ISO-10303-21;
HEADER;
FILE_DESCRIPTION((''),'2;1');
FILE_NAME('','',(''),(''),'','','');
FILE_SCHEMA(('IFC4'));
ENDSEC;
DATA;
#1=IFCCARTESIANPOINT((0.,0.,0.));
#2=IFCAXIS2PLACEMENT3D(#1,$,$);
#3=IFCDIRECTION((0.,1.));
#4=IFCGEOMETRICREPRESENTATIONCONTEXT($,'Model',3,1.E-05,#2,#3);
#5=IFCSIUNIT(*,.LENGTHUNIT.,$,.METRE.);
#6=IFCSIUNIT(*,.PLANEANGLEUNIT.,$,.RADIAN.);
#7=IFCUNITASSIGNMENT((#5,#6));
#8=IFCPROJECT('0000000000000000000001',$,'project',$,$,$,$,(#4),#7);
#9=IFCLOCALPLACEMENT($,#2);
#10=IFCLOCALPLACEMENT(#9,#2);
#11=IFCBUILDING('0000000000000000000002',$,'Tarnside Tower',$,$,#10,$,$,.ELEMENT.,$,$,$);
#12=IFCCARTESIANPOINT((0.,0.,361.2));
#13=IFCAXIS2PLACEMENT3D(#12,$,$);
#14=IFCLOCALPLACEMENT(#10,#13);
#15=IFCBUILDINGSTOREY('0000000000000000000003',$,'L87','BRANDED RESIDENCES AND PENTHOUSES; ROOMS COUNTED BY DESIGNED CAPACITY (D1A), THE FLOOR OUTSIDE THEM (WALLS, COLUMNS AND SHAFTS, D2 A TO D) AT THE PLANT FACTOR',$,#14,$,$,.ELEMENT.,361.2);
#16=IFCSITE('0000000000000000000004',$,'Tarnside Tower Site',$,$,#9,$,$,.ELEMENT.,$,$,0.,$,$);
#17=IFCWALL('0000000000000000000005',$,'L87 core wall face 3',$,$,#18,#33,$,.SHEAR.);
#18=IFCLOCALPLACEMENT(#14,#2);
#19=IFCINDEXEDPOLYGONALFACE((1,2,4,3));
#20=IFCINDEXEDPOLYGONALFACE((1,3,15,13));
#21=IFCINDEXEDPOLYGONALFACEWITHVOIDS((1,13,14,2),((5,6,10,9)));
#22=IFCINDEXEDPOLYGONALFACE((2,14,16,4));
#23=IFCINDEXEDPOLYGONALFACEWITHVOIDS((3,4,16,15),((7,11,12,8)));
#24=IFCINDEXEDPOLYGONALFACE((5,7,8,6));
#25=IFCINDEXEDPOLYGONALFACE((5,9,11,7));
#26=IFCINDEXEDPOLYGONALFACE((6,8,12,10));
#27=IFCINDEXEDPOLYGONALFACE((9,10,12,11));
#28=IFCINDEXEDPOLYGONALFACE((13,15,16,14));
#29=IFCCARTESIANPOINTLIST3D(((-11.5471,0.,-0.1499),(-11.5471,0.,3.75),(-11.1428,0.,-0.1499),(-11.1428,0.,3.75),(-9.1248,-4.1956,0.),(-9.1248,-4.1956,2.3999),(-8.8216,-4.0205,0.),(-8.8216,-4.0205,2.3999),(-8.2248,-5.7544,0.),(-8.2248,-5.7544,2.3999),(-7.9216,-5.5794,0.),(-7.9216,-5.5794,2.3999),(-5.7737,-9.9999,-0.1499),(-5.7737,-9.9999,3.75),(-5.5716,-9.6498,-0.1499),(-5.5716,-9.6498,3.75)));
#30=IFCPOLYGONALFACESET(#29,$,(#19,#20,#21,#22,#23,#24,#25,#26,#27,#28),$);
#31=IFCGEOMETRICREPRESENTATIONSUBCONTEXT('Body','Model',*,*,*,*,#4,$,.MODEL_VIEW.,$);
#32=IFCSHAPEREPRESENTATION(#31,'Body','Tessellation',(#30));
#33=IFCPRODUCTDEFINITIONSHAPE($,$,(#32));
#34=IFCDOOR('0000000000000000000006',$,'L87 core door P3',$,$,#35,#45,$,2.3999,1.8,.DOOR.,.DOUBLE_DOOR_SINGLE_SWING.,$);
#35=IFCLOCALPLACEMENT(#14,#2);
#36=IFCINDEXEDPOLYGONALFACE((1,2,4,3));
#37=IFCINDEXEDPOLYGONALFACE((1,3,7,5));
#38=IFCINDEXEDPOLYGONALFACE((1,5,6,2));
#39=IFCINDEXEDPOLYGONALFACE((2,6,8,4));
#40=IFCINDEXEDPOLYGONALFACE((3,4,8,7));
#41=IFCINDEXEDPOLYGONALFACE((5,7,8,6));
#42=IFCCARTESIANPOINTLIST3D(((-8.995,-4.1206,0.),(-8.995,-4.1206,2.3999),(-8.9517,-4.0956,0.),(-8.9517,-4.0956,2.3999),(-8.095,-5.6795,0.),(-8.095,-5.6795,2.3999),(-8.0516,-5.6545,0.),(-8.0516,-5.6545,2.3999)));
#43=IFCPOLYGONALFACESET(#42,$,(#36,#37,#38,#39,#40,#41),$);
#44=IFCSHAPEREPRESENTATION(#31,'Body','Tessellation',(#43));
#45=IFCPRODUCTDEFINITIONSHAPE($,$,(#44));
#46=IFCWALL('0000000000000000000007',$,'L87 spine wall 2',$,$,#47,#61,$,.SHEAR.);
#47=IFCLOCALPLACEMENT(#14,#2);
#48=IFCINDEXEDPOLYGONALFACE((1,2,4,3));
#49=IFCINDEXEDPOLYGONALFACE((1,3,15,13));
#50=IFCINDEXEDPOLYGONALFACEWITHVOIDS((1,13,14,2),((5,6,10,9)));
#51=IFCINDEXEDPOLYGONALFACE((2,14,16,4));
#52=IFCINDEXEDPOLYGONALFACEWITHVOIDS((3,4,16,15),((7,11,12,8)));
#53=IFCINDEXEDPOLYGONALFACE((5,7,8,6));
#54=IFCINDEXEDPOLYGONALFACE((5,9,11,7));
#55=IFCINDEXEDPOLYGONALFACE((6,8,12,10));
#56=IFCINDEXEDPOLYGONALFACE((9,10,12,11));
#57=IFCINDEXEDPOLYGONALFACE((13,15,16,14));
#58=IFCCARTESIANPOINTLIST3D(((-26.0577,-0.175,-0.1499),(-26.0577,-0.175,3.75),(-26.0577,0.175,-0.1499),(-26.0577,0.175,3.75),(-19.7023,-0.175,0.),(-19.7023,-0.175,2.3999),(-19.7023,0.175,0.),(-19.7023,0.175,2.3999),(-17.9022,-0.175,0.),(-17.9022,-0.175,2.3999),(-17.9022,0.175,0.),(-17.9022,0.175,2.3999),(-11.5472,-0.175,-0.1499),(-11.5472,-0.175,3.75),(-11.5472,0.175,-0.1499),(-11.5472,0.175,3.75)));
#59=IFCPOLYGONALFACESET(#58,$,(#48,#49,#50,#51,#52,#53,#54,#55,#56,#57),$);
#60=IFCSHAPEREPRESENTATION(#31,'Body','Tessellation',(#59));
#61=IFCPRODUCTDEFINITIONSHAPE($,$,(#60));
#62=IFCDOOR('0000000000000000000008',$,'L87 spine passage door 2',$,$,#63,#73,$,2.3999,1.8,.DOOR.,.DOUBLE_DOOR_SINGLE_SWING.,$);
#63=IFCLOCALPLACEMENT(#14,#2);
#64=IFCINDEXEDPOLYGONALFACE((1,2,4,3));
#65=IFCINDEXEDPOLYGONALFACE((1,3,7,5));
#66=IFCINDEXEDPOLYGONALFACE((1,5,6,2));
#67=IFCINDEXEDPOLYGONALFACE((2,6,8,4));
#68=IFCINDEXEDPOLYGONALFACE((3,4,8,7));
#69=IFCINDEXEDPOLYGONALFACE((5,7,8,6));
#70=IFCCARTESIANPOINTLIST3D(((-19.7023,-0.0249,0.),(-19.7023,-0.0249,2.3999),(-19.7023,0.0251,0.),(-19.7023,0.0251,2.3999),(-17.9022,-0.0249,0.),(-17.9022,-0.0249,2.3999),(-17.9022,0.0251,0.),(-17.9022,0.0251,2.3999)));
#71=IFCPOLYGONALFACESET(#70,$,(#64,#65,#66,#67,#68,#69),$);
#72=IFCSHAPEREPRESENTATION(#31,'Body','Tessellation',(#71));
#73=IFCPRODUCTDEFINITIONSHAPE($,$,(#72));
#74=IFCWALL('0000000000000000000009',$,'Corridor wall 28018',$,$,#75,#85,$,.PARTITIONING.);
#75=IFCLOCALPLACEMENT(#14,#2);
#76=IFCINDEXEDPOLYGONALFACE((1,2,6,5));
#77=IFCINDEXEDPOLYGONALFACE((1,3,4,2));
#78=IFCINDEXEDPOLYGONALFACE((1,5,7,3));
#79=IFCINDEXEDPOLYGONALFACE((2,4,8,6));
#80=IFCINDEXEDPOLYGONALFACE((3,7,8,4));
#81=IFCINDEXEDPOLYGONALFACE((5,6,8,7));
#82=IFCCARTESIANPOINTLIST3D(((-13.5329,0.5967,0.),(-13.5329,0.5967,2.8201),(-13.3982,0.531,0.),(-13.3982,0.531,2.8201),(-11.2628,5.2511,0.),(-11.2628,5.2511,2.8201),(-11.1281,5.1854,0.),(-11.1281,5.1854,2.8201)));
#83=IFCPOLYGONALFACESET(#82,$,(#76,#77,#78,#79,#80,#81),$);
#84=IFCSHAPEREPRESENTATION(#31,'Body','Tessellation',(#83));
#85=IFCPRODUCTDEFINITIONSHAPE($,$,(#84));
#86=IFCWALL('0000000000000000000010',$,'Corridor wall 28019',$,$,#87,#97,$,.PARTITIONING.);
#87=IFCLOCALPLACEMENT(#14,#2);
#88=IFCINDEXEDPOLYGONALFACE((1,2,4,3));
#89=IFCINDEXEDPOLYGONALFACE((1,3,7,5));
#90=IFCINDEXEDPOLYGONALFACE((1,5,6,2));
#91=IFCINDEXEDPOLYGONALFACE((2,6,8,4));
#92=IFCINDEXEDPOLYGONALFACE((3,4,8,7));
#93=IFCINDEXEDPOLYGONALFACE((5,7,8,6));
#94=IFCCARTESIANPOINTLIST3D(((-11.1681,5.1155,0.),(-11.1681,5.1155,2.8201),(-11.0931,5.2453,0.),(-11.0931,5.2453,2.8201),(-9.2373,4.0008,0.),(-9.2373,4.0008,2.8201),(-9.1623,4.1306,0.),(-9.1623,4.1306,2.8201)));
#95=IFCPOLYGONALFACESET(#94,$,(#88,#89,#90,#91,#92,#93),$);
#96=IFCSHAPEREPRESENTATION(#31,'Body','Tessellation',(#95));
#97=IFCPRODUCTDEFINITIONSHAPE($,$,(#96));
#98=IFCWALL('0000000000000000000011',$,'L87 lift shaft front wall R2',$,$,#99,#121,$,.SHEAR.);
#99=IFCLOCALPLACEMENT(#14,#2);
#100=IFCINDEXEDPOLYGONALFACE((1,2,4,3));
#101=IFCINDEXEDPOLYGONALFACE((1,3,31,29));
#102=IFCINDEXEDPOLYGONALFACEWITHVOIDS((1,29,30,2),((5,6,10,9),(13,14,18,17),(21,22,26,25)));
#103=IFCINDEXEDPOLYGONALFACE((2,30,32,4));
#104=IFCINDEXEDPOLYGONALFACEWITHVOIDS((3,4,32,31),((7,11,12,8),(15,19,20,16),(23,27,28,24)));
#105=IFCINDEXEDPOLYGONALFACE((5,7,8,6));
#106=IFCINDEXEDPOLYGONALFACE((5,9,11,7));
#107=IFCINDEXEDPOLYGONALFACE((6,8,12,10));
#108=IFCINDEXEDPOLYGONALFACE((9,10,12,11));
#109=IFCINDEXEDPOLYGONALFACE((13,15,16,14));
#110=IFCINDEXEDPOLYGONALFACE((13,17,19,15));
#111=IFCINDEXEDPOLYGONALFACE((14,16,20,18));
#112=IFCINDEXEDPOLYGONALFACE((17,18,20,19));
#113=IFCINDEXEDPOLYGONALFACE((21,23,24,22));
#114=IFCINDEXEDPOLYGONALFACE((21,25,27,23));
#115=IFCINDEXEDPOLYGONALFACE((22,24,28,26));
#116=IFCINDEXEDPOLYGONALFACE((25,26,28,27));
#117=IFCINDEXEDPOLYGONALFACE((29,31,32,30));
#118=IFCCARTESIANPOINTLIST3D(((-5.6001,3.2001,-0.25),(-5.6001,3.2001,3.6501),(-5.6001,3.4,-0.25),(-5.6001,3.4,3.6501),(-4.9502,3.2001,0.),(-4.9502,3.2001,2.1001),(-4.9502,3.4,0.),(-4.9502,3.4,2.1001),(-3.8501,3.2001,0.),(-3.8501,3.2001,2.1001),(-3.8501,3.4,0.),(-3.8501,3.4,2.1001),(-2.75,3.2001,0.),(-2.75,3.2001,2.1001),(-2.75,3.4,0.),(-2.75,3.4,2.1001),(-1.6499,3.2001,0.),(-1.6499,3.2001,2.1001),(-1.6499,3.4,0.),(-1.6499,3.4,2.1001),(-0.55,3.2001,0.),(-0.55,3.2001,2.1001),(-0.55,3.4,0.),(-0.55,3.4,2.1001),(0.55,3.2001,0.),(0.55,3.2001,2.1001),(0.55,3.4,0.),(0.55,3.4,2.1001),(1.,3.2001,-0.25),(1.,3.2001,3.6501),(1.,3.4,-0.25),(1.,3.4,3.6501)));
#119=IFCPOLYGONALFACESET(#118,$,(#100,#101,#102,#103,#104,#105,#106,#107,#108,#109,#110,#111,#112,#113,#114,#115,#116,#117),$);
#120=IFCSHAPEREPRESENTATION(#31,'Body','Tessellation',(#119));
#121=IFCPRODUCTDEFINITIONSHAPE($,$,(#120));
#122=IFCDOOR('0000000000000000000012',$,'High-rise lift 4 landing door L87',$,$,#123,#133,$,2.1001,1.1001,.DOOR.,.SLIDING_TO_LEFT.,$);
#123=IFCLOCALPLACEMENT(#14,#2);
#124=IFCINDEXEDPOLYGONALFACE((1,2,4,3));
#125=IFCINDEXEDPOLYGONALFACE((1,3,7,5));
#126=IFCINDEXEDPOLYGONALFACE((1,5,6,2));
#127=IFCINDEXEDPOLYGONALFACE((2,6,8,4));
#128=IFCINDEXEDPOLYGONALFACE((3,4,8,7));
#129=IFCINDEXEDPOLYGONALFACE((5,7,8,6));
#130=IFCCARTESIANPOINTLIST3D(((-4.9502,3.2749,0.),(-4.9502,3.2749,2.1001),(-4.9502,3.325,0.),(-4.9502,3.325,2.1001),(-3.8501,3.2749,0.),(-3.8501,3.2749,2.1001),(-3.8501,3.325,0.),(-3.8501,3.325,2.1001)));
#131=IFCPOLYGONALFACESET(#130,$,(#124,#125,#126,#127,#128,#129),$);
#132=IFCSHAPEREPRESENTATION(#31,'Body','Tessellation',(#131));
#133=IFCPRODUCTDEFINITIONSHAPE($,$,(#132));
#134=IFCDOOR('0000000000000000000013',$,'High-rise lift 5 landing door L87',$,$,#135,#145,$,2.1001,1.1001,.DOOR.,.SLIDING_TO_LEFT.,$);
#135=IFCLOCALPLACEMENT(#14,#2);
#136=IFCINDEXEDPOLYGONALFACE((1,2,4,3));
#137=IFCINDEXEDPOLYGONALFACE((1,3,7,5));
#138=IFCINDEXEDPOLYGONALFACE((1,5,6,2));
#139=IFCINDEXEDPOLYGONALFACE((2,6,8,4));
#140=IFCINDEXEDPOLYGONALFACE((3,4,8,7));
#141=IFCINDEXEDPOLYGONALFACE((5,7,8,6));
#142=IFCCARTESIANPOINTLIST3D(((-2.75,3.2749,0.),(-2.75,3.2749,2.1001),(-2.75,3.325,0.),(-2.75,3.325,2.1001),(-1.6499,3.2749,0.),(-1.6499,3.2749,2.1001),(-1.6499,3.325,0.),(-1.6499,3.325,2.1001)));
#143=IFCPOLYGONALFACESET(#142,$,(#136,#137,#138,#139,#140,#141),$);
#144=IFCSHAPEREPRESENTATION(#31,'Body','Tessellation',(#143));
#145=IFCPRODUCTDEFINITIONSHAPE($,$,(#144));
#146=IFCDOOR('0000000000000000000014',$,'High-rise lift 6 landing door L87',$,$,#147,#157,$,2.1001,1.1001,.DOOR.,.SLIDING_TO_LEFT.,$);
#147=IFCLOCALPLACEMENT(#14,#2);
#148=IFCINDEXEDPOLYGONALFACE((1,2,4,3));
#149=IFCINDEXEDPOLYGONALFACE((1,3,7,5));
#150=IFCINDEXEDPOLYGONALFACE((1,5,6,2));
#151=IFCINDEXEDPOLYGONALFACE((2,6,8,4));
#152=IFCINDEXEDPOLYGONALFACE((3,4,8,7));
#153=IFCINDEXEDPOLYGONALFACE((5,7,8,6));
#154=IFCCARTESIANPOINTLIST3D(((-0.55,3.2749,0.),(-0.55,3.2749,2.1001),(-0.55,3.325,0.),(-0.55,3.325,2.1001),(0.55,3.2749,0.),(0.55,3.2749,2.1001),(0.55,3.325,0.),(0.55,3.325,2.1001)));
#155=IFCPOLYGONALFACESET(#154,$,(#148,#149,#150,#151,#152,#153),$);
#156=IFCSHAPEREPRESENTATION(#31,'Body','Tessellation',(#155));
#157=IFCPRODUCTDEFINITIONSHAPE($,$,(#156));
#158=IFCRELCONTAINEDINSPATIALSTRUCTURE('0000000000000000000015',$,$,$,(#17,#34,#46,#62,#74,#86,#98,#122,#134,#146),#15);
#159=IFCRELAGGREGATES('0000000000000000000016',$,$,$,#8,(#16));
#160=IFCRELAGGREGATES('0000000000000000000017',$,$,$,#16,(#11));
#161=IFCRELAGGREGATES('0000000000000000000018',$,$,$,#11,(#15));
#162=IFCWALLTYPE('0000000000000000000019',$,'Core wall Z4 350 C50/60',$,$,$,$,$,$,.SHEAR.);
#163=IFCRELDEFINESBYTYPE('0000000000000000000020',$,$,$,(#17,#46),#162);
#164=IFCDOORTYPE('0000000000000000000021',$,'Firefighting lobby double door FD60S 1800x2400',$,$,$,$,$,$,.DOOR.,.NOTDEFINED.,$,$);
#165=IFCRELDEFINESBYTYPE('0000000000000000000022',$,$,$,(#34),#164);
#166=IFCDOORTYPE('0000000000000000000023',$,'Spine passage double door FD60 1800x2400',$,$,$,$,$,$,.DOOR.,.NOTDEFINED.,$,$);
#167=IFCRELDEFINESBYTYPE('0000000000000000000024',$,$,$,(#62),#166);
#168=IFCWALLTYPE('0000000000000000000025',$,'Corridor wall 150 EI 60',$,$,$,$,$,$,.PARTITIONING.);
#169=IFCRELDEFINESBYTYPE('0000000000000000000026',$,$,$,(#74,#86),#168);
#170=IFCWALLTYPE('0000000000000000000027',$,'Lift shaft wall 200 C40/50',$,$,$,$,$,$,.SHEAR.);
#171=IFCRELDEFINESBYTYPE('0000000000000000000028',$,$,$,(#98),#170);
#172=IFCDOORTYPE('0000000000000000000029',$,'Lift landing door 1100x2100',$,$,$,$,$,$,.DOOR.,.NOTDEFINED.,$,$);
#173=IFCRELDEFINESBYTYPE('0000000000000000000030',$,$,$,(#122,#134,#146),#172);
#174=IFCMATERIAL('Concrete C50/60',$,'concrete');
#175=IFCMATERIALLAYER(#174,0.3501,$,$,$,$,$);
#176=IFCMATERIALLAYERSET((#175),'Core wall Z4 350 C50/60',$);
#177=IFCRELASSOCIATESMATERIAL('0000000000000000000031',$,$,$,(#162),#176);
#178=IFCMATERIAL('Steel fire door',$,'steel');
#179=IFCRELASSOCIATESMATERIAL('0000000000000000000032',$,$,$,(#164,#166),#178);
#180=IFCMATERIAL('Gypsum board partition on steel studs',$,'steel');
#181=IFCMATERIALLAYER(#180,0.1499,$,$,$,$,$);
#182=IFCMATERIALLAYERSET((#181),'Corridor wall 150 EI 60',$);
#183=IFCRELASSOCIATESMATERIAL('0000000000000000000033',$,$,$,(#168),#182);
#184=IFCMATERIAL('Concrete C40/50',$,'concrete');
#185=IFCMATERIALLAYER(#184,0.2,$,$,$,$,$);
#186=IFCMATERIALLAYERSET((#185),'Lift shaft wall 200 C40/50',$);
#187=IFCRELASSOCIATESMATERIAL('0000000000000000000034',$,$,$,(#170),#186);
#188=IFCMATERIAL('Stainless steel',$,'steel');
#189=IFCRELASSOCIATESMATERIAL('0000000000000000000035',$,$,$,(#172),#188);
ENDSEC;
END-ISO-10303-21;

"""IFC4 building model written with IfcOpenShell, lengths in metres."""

from ifc_helpers import new_model, si_unit, direction, frame, frame_2d, origin, place, context, subcontext, project, spatial, polyline, rectangle, outline, extrude, material, layer, layer_set, type_object, element, fill, save


model = new_model("IFC4")

# Units and contexts
model_context = context("Model", 3, precision=1e-05, world=origin(), true_north=direction((0.0, 1.0)))
body_context = subcontext(model_context, "Body", "Model", "MODEL_VIEW")
ifc_project = project(units=[si_unit("LENGTHUNIT", "METRE"), si_unit("PLANEANGLEUNIT", "RADIAN")], contexts=[model_context])

# Site, building, storey
site_placement = place(None, origin())
site = spatial("IfcSite", under=ifc_project, at=site_placement, Name="Tarnside Tower Site", CompositionType="ELEMENT", RefElevation=0.0)
building_placement = place(site_placement, origin())
building = spatial("IfcBuilding", under=site, at=building_placement, Name="Tarnside Tower", CompositionType="ELEMENT")
storey_placement = place(building_placement, frame((0.0, 0.0, 361.2)))
storey = spatial("IfcBuildingStorey", under=building, at=storey_placement, Name="L87", Description="BRANDED RESIDENCES AND PENTHOUSES; ROOMS COUNTED BY DESIGNED CAPACITY (D1A), THE FLOOR OUTSIDE THEM (WALLS, COLUMNS AND SHAFTS, D2 A TO D) AT THE PLANT FACTOR", CompositionType="ELEMENT", Elevation=361.2)

# Walls, openings, doors
ifc_material_1 = material(Name="Concrete C50/60", Category="concrete")
ifc_layer_1 = layer(ifc_material_1, 0.3501)
ifc_layer_set_1 = layer_set([ifc_layer_1], Name="Core wall Z4 350 C50/60")
wall_type_1 = type_object("IfcWallType", Name="Core wall Z4 350 C50/60", PredefinedType="SHEAR", material=ifc_layer_set_1)
wall_1_placement = place(storey_placement, frame((-11.345, 0.0, -0.1499), z_axis=(0.0, 0.0, 1.0), x_axis=(0.499995, -0.866028, 0.0)))
wall_1 = element("IfcWall", 1, at=wall_1_placement, inside=storey, type_object=wall_type_1, Name="L87 core wall face 3", PredefinedType="SHEAR", context=body_context, shape_type="SweptSolid", body=[
    extrude(outline(polyline([(-0.1011, -0.175), (11.4458, -0.175), (11.2437, 0.175), (0.1011, 0.175), (-0.1011, -0.175)])), origin(), (0.0, 0.0, 1.0), 3.8999),
])
opening_1_placement = place(wall_1_placement, frame((4.7437, 0.0, 0.1499)))
opening_1 = element("IfcOpeningElement", 2, at=opening_1_placement, cuts=wall_1, PredefinedType="OPENING", context=body_context, shape_type="SweptSolid", body=[
    extrude(rectangle(XDim=1.8, YDim=2.3999, at=frame_2d((0.8999, 1.2))), frame((0.0, 0.1851, 0.0), z_axis=(0.0, -1.0, 0.0), x_axis=(1.0, 0.0, 0.0)), (0.0, 0.0, 1.0), 0.3701),
])
ifc_material_2 = material(Name="Steel fire door", Category="steel")
door_type_1 = type_object("IfcDoorType", Name="Firefighting lobby double door FD60S 1800x2400", OperationType="NOTDEFINED", PredefinedType="DOOR", material=ifc_material_2)
door_1_placement = place(opening_1_placement, origin())
door_1 = element("IfcDoor", 3, at=door_1_placement, inside=storey, type_object=door_type_1, Name="L87 core door P3", OperationType="DOUBLE_DOOR_SINGLE_SWING", OverallHeight=2.3999, OverallWidth=1.8, PredefinedType="DOOR", context=body_context, shape_type="SweptSolid", body=[
    extrude(rectangle(XDim=1.8, YDim=2.3999, at=frame_2d((0.8999, 1.2))), frame((0.0, 0.0249, 0.0), z_axis=(0.0, -1.0, 0.0), x_axis=(1.0, 0.0, 0.0)), (0.0, 0.0, 1.0), 0.05),
])
fill(opening_1, door_1)
wall_2_placement = place(storey_placement, frame((-11.5471, 0.0, -0.1499), z_axis=(0.0, 0.0, 1.0), x_axis=(-1.0, 0.0, 0.0)))
wall_2 = element("IfcWall", 4, at=wall_2_placement, inside=storey, type_object=wall_type_1, Name="L87 spine wall 2", PredefinedType="SHEAR", context=body_context, shape_type="SweptSolid", body=[
    extrude(rectangle(XDim=14.5105, YDim=0.3501, at=frame_2d((7.2554, 0.0))), origin(), (0.0, 0.0, 1.0), 3.8999),
])
opening_2_placement = place(wall_2_placement, frame((6.3552, 0.0, 0.1499)))
opening_2 = element("IfcOpeningElement", 5, at=opening_2_placement, cuts=wall_2, PredefinedType="OPENING", context=body_context, shape_type="SweptSolid", body=[
    extrude(rectangle(XDim=1.8, YDim=2.3999, at=frame_2d((0.8999, 1.2))), frame((0.0, 0.1851, 0.0), z_axis=(0.0, -1.0, 0.0), x_axis=(1.0, 0.0, 0.0)), (0.0, 0.0, 1.0), 0.3701),
])
door_type_2 = type_object("IfcDoorType", Name="Spine passage double door FD60 1800x2400", OperationType="NOTDEFINED", PredefinedType="DOOR", material=ifc_material_2)
door_2_placement = place(opening_2_placement, origin())
door_2 = element("IfcDoor", 6, at=door_2_placement, inside=storey, type_object=door_type_2, Name="L87 spine passage door 2", OperationType="DOUBLE_DOOR_SINGLE_SWING", OverallHeight=2.3999, OverallWidth=1.8, PredefinedType="DOOR", context=body_context, shape_type="SweptSolid", body=[
    extrude(rectangle(XDim=1.8, YDim=2.3999, at=frame_2d((0.8999, 1.2))), frame((0.0, 0.0249, 0.0), z_axis=(0.0, -1.0, 0.0), x_axis=(1.0, 0.0, 0.0)), (0.0, 0.0, 1.0), 0.05),
])
fill(opening_2, door_2)

# Walls
ifc_material_3 = material(Name="Gypsum board partition on steel studs", Category="steel")
ifc_layer_2 = layer(ifc_material_3, 0.1499)
ifc_layer_set_2 = layer_set([ifc_layer_2], Name="Corridor wall 150 EI 60")
wall_type_2 = type_object("IfcWallType", Name="Corridor wall 150 EI 60", PredefinedType="PARTITIONING", material=ifc_layer_set_2)
wall_3_placement = place(storey_placement, frame((-13.4656, 0.5637, 0.0), z_axis=(0.0, 0.0, 1.0), x_axis=(0.438366, 0.898797, 0.0)))
element("IfcWall", 7, at=wall_3_placement, inside=storey, type_object=wall_type_2, Name="Corridor wall 28018", PredefinedType="PARTITIONING", context=body_context, shape_type="SweptSolid", body=[
    extrude(rectangle(XDim=5.1785, YDim=0.1499, at=frame_2d((2.5894, 0.0))), origin(), (0.0, 0.0, 1.0), 2.8201),
])
wall_4_placement = place(storey_placement, frame((-11.1306, 5.1804, 0.0), z_axis=(0.0, 0.0, 1.0), x_axis=(0.866038, -0.499978, 0.0)))
element("IfcWall", 8, at=wall_4_placement, inside=storey, type_object=wall_type_2, Name="Corridor wall 28019", PredefinedType="PARTITIONING", context=body_context, shape_type="SweptSolid", body=[
    extrude(rectangle(XDim=2.2295, YDim=0.1499, at=frame_2d((1.1147, 0.0))), origin(), (0.0, 0.0, 1.0), 2.8201),
])

# Wall, openings, doors
ifc_material_4 = material(Name="Concrete C40/50", Category="concrete")
ifc_layer_3 = layer(ifc_material_4, 0.2)
ifc_layer_set_3 = layer_set([ifc_layer_3], Name="Lift shaft wall 200 C40/50")
wall_type_3 = type_object("IfcWallType", Name="Lift shaft wall 200 C40/50", PredefinedType="SHEAR", material=ifc_layer_set_3)
wall_5_placement = place(storey_placement, frame((-5.6001, 3.3, -0.25), z_axis=(0.0, 0.0, 1.0), x_axis=(1.0, 0.0, 0.0)))
wall_5 = element("IfcWall", 9, at=wall_5_placement, inside=storey, type_object=wall_type_3, Name="L87 lift shaft front wall R2", PredefinedType="SHEAR", context=body_context, shape_type="SweptSolid", body=[
    extrude(rectangle(XDim=6.6001, YDim=0.2, at=frame_2d((3.3, 0.0))), origin(), (0.0, 0.0, 1.0), 3.9001),
])
opening_3_placement = place(wall_5_placement, frame((0.6499, 0.0, 0.25)))
opening_3 = element("IfcOpeningElement", 10, at=opening_3_placement, cuts=wall_5, PredefinedType="OPENING", context=body_context, shape_type="SweptSolid", body=[
    extrude(rectangle(XDim=1.1001, YDim=2.1001, at=frame_2d((0.55, 1.05))), frame((0.0, 0.1099, 0.0), z_axis=(0.0, -1.0, 0.0), x_axis=(1.0, 0.0, 0.0)), (0.0, 0.0, 1.0), 0.22),
])
opening_4_placement = place(wall_5_placement, frame((2.8501, 0.0, 0.25)))
opening_4 = element("IfcOpeningElement", 11, at=opening_4_placement, cuts=wall_5, PredefinedType="OPENING", context=body_context, shape_type="SweptSolid", body=[
    extrude(rectangle(XDim=1.1001, YDim=2.1001, at=frame_2d((0.55, 1.05))), frame((0.0, 0.1099, 0.0), z_axis=(0.0, -1.0, 0.0), x_axis=(1.0, 0.0, 0.0)), (0.0, 0.0, 1.0), 0.22),
])
opening_5_placement = place(wall_5_placement, frame((5.05, 0.0, 0.25)))
opening_5 = element("IfcOpeningElement", 12, at=opening_5_placement, cuts=wall_5, PredefinedType="OPENING", context=body_context, shape_type="SweptSolid", body=[
    extrude(rectangle(XDim=1.1001, YDim=2.1001, at=frame_2d((0.55, 1.05))), frame((0.0, 0.1099, 0.0), z_axis=(0.0, -1.0, 0.0), x_axis=(1.0, 0.0, 0.0)), (0.0, 0.0, 1.0), 0.22),
])
ifc_material_5 = material(Name="Stainless steel", Category="steel")
door_type_3 = type_object("IfcDoorType", Name="Lift landing door 1100x2100", OperationType="NOTDEFINED", PredefinedType="DOOR", material=ifc_material_5)
door_3_placement = place(opening_3_placement, origin())
door_3 = element("IfcDoor", 13, at=door_3_placement, inside=storey, type_object=door_type_3, Name="High-rise lift 4 landing door L87", OperationType="SLIDING_TO_LEFT", OverallHeight=2.1001, OverallWidth=1.1001, PredefinedType="DOOR", context=body_context, shape_type="SweptSolid", body=[
    extrude(rectangle(XDim=1.1001, YDim=2.1001, at=frame_2d((0.55, 1.05))), frame((0.0, 0.0249, 0.0), z_axis=(0.0, -1.0, 0.0), x_axis=(1.0, 0.0, 0.0)), (0.0, 0.0, 1.0), 0.05),
])
fill(opening_3, door_3)
door_4_placement = place(opening_4_placement, origin())
door_4 = element("IfcDoor", 14, at=door_4_placement, inside=storey, type_object=door_type_3, Name="High-rise lift 5 landing door L87", OperationType="SLIDING_TO_LEFT", OverallHeight=2.1001, OverallWidth=1.1001, PredefinedType="DOOR", context=body_context, shape_type="SweptSolid", body=[
    extrude(rectangle(XDim=1.1001, YDim=2.1001, at=frame_2d((0.55, 1.05))), frame((0.0, 0.0249, 0.0), z_axis=(0.0, -1.0, 0.0), x_axis=(1.0, 0.0, 0.0)), (0.0, 0.0, 1.0), 0.05),
])
fill(opening_4, door_4)
door_5_placement = place(opening_5_placement, origin())
door_5 = element("IfcDoor", 15, at=door_5_placement, inside=storey, type_object=door_type_3, Name="High-rise lift 6 landing door L87", OperationType="SLIDING_TO_LEFT", OverallHeight=2.1001, OverallWidth=1.1001, PredefinedType="DOOR", context=body_context, shape_type="SweptSolid", body=[
    extrude(rectangle(XDim=1.1001, YDim=2.1001, at=frame_2d((0.55, 1.05))), frame((0.0, 0.0249, 0.0), z_axis=(0.0, -1.0, 0.0), x_axis=(1.0, 0.0, 0.0)), (0.0, 0.0, 1.0), 0.05),
])
fill(opening_5, door_5)

save(model, "model.ifc")
